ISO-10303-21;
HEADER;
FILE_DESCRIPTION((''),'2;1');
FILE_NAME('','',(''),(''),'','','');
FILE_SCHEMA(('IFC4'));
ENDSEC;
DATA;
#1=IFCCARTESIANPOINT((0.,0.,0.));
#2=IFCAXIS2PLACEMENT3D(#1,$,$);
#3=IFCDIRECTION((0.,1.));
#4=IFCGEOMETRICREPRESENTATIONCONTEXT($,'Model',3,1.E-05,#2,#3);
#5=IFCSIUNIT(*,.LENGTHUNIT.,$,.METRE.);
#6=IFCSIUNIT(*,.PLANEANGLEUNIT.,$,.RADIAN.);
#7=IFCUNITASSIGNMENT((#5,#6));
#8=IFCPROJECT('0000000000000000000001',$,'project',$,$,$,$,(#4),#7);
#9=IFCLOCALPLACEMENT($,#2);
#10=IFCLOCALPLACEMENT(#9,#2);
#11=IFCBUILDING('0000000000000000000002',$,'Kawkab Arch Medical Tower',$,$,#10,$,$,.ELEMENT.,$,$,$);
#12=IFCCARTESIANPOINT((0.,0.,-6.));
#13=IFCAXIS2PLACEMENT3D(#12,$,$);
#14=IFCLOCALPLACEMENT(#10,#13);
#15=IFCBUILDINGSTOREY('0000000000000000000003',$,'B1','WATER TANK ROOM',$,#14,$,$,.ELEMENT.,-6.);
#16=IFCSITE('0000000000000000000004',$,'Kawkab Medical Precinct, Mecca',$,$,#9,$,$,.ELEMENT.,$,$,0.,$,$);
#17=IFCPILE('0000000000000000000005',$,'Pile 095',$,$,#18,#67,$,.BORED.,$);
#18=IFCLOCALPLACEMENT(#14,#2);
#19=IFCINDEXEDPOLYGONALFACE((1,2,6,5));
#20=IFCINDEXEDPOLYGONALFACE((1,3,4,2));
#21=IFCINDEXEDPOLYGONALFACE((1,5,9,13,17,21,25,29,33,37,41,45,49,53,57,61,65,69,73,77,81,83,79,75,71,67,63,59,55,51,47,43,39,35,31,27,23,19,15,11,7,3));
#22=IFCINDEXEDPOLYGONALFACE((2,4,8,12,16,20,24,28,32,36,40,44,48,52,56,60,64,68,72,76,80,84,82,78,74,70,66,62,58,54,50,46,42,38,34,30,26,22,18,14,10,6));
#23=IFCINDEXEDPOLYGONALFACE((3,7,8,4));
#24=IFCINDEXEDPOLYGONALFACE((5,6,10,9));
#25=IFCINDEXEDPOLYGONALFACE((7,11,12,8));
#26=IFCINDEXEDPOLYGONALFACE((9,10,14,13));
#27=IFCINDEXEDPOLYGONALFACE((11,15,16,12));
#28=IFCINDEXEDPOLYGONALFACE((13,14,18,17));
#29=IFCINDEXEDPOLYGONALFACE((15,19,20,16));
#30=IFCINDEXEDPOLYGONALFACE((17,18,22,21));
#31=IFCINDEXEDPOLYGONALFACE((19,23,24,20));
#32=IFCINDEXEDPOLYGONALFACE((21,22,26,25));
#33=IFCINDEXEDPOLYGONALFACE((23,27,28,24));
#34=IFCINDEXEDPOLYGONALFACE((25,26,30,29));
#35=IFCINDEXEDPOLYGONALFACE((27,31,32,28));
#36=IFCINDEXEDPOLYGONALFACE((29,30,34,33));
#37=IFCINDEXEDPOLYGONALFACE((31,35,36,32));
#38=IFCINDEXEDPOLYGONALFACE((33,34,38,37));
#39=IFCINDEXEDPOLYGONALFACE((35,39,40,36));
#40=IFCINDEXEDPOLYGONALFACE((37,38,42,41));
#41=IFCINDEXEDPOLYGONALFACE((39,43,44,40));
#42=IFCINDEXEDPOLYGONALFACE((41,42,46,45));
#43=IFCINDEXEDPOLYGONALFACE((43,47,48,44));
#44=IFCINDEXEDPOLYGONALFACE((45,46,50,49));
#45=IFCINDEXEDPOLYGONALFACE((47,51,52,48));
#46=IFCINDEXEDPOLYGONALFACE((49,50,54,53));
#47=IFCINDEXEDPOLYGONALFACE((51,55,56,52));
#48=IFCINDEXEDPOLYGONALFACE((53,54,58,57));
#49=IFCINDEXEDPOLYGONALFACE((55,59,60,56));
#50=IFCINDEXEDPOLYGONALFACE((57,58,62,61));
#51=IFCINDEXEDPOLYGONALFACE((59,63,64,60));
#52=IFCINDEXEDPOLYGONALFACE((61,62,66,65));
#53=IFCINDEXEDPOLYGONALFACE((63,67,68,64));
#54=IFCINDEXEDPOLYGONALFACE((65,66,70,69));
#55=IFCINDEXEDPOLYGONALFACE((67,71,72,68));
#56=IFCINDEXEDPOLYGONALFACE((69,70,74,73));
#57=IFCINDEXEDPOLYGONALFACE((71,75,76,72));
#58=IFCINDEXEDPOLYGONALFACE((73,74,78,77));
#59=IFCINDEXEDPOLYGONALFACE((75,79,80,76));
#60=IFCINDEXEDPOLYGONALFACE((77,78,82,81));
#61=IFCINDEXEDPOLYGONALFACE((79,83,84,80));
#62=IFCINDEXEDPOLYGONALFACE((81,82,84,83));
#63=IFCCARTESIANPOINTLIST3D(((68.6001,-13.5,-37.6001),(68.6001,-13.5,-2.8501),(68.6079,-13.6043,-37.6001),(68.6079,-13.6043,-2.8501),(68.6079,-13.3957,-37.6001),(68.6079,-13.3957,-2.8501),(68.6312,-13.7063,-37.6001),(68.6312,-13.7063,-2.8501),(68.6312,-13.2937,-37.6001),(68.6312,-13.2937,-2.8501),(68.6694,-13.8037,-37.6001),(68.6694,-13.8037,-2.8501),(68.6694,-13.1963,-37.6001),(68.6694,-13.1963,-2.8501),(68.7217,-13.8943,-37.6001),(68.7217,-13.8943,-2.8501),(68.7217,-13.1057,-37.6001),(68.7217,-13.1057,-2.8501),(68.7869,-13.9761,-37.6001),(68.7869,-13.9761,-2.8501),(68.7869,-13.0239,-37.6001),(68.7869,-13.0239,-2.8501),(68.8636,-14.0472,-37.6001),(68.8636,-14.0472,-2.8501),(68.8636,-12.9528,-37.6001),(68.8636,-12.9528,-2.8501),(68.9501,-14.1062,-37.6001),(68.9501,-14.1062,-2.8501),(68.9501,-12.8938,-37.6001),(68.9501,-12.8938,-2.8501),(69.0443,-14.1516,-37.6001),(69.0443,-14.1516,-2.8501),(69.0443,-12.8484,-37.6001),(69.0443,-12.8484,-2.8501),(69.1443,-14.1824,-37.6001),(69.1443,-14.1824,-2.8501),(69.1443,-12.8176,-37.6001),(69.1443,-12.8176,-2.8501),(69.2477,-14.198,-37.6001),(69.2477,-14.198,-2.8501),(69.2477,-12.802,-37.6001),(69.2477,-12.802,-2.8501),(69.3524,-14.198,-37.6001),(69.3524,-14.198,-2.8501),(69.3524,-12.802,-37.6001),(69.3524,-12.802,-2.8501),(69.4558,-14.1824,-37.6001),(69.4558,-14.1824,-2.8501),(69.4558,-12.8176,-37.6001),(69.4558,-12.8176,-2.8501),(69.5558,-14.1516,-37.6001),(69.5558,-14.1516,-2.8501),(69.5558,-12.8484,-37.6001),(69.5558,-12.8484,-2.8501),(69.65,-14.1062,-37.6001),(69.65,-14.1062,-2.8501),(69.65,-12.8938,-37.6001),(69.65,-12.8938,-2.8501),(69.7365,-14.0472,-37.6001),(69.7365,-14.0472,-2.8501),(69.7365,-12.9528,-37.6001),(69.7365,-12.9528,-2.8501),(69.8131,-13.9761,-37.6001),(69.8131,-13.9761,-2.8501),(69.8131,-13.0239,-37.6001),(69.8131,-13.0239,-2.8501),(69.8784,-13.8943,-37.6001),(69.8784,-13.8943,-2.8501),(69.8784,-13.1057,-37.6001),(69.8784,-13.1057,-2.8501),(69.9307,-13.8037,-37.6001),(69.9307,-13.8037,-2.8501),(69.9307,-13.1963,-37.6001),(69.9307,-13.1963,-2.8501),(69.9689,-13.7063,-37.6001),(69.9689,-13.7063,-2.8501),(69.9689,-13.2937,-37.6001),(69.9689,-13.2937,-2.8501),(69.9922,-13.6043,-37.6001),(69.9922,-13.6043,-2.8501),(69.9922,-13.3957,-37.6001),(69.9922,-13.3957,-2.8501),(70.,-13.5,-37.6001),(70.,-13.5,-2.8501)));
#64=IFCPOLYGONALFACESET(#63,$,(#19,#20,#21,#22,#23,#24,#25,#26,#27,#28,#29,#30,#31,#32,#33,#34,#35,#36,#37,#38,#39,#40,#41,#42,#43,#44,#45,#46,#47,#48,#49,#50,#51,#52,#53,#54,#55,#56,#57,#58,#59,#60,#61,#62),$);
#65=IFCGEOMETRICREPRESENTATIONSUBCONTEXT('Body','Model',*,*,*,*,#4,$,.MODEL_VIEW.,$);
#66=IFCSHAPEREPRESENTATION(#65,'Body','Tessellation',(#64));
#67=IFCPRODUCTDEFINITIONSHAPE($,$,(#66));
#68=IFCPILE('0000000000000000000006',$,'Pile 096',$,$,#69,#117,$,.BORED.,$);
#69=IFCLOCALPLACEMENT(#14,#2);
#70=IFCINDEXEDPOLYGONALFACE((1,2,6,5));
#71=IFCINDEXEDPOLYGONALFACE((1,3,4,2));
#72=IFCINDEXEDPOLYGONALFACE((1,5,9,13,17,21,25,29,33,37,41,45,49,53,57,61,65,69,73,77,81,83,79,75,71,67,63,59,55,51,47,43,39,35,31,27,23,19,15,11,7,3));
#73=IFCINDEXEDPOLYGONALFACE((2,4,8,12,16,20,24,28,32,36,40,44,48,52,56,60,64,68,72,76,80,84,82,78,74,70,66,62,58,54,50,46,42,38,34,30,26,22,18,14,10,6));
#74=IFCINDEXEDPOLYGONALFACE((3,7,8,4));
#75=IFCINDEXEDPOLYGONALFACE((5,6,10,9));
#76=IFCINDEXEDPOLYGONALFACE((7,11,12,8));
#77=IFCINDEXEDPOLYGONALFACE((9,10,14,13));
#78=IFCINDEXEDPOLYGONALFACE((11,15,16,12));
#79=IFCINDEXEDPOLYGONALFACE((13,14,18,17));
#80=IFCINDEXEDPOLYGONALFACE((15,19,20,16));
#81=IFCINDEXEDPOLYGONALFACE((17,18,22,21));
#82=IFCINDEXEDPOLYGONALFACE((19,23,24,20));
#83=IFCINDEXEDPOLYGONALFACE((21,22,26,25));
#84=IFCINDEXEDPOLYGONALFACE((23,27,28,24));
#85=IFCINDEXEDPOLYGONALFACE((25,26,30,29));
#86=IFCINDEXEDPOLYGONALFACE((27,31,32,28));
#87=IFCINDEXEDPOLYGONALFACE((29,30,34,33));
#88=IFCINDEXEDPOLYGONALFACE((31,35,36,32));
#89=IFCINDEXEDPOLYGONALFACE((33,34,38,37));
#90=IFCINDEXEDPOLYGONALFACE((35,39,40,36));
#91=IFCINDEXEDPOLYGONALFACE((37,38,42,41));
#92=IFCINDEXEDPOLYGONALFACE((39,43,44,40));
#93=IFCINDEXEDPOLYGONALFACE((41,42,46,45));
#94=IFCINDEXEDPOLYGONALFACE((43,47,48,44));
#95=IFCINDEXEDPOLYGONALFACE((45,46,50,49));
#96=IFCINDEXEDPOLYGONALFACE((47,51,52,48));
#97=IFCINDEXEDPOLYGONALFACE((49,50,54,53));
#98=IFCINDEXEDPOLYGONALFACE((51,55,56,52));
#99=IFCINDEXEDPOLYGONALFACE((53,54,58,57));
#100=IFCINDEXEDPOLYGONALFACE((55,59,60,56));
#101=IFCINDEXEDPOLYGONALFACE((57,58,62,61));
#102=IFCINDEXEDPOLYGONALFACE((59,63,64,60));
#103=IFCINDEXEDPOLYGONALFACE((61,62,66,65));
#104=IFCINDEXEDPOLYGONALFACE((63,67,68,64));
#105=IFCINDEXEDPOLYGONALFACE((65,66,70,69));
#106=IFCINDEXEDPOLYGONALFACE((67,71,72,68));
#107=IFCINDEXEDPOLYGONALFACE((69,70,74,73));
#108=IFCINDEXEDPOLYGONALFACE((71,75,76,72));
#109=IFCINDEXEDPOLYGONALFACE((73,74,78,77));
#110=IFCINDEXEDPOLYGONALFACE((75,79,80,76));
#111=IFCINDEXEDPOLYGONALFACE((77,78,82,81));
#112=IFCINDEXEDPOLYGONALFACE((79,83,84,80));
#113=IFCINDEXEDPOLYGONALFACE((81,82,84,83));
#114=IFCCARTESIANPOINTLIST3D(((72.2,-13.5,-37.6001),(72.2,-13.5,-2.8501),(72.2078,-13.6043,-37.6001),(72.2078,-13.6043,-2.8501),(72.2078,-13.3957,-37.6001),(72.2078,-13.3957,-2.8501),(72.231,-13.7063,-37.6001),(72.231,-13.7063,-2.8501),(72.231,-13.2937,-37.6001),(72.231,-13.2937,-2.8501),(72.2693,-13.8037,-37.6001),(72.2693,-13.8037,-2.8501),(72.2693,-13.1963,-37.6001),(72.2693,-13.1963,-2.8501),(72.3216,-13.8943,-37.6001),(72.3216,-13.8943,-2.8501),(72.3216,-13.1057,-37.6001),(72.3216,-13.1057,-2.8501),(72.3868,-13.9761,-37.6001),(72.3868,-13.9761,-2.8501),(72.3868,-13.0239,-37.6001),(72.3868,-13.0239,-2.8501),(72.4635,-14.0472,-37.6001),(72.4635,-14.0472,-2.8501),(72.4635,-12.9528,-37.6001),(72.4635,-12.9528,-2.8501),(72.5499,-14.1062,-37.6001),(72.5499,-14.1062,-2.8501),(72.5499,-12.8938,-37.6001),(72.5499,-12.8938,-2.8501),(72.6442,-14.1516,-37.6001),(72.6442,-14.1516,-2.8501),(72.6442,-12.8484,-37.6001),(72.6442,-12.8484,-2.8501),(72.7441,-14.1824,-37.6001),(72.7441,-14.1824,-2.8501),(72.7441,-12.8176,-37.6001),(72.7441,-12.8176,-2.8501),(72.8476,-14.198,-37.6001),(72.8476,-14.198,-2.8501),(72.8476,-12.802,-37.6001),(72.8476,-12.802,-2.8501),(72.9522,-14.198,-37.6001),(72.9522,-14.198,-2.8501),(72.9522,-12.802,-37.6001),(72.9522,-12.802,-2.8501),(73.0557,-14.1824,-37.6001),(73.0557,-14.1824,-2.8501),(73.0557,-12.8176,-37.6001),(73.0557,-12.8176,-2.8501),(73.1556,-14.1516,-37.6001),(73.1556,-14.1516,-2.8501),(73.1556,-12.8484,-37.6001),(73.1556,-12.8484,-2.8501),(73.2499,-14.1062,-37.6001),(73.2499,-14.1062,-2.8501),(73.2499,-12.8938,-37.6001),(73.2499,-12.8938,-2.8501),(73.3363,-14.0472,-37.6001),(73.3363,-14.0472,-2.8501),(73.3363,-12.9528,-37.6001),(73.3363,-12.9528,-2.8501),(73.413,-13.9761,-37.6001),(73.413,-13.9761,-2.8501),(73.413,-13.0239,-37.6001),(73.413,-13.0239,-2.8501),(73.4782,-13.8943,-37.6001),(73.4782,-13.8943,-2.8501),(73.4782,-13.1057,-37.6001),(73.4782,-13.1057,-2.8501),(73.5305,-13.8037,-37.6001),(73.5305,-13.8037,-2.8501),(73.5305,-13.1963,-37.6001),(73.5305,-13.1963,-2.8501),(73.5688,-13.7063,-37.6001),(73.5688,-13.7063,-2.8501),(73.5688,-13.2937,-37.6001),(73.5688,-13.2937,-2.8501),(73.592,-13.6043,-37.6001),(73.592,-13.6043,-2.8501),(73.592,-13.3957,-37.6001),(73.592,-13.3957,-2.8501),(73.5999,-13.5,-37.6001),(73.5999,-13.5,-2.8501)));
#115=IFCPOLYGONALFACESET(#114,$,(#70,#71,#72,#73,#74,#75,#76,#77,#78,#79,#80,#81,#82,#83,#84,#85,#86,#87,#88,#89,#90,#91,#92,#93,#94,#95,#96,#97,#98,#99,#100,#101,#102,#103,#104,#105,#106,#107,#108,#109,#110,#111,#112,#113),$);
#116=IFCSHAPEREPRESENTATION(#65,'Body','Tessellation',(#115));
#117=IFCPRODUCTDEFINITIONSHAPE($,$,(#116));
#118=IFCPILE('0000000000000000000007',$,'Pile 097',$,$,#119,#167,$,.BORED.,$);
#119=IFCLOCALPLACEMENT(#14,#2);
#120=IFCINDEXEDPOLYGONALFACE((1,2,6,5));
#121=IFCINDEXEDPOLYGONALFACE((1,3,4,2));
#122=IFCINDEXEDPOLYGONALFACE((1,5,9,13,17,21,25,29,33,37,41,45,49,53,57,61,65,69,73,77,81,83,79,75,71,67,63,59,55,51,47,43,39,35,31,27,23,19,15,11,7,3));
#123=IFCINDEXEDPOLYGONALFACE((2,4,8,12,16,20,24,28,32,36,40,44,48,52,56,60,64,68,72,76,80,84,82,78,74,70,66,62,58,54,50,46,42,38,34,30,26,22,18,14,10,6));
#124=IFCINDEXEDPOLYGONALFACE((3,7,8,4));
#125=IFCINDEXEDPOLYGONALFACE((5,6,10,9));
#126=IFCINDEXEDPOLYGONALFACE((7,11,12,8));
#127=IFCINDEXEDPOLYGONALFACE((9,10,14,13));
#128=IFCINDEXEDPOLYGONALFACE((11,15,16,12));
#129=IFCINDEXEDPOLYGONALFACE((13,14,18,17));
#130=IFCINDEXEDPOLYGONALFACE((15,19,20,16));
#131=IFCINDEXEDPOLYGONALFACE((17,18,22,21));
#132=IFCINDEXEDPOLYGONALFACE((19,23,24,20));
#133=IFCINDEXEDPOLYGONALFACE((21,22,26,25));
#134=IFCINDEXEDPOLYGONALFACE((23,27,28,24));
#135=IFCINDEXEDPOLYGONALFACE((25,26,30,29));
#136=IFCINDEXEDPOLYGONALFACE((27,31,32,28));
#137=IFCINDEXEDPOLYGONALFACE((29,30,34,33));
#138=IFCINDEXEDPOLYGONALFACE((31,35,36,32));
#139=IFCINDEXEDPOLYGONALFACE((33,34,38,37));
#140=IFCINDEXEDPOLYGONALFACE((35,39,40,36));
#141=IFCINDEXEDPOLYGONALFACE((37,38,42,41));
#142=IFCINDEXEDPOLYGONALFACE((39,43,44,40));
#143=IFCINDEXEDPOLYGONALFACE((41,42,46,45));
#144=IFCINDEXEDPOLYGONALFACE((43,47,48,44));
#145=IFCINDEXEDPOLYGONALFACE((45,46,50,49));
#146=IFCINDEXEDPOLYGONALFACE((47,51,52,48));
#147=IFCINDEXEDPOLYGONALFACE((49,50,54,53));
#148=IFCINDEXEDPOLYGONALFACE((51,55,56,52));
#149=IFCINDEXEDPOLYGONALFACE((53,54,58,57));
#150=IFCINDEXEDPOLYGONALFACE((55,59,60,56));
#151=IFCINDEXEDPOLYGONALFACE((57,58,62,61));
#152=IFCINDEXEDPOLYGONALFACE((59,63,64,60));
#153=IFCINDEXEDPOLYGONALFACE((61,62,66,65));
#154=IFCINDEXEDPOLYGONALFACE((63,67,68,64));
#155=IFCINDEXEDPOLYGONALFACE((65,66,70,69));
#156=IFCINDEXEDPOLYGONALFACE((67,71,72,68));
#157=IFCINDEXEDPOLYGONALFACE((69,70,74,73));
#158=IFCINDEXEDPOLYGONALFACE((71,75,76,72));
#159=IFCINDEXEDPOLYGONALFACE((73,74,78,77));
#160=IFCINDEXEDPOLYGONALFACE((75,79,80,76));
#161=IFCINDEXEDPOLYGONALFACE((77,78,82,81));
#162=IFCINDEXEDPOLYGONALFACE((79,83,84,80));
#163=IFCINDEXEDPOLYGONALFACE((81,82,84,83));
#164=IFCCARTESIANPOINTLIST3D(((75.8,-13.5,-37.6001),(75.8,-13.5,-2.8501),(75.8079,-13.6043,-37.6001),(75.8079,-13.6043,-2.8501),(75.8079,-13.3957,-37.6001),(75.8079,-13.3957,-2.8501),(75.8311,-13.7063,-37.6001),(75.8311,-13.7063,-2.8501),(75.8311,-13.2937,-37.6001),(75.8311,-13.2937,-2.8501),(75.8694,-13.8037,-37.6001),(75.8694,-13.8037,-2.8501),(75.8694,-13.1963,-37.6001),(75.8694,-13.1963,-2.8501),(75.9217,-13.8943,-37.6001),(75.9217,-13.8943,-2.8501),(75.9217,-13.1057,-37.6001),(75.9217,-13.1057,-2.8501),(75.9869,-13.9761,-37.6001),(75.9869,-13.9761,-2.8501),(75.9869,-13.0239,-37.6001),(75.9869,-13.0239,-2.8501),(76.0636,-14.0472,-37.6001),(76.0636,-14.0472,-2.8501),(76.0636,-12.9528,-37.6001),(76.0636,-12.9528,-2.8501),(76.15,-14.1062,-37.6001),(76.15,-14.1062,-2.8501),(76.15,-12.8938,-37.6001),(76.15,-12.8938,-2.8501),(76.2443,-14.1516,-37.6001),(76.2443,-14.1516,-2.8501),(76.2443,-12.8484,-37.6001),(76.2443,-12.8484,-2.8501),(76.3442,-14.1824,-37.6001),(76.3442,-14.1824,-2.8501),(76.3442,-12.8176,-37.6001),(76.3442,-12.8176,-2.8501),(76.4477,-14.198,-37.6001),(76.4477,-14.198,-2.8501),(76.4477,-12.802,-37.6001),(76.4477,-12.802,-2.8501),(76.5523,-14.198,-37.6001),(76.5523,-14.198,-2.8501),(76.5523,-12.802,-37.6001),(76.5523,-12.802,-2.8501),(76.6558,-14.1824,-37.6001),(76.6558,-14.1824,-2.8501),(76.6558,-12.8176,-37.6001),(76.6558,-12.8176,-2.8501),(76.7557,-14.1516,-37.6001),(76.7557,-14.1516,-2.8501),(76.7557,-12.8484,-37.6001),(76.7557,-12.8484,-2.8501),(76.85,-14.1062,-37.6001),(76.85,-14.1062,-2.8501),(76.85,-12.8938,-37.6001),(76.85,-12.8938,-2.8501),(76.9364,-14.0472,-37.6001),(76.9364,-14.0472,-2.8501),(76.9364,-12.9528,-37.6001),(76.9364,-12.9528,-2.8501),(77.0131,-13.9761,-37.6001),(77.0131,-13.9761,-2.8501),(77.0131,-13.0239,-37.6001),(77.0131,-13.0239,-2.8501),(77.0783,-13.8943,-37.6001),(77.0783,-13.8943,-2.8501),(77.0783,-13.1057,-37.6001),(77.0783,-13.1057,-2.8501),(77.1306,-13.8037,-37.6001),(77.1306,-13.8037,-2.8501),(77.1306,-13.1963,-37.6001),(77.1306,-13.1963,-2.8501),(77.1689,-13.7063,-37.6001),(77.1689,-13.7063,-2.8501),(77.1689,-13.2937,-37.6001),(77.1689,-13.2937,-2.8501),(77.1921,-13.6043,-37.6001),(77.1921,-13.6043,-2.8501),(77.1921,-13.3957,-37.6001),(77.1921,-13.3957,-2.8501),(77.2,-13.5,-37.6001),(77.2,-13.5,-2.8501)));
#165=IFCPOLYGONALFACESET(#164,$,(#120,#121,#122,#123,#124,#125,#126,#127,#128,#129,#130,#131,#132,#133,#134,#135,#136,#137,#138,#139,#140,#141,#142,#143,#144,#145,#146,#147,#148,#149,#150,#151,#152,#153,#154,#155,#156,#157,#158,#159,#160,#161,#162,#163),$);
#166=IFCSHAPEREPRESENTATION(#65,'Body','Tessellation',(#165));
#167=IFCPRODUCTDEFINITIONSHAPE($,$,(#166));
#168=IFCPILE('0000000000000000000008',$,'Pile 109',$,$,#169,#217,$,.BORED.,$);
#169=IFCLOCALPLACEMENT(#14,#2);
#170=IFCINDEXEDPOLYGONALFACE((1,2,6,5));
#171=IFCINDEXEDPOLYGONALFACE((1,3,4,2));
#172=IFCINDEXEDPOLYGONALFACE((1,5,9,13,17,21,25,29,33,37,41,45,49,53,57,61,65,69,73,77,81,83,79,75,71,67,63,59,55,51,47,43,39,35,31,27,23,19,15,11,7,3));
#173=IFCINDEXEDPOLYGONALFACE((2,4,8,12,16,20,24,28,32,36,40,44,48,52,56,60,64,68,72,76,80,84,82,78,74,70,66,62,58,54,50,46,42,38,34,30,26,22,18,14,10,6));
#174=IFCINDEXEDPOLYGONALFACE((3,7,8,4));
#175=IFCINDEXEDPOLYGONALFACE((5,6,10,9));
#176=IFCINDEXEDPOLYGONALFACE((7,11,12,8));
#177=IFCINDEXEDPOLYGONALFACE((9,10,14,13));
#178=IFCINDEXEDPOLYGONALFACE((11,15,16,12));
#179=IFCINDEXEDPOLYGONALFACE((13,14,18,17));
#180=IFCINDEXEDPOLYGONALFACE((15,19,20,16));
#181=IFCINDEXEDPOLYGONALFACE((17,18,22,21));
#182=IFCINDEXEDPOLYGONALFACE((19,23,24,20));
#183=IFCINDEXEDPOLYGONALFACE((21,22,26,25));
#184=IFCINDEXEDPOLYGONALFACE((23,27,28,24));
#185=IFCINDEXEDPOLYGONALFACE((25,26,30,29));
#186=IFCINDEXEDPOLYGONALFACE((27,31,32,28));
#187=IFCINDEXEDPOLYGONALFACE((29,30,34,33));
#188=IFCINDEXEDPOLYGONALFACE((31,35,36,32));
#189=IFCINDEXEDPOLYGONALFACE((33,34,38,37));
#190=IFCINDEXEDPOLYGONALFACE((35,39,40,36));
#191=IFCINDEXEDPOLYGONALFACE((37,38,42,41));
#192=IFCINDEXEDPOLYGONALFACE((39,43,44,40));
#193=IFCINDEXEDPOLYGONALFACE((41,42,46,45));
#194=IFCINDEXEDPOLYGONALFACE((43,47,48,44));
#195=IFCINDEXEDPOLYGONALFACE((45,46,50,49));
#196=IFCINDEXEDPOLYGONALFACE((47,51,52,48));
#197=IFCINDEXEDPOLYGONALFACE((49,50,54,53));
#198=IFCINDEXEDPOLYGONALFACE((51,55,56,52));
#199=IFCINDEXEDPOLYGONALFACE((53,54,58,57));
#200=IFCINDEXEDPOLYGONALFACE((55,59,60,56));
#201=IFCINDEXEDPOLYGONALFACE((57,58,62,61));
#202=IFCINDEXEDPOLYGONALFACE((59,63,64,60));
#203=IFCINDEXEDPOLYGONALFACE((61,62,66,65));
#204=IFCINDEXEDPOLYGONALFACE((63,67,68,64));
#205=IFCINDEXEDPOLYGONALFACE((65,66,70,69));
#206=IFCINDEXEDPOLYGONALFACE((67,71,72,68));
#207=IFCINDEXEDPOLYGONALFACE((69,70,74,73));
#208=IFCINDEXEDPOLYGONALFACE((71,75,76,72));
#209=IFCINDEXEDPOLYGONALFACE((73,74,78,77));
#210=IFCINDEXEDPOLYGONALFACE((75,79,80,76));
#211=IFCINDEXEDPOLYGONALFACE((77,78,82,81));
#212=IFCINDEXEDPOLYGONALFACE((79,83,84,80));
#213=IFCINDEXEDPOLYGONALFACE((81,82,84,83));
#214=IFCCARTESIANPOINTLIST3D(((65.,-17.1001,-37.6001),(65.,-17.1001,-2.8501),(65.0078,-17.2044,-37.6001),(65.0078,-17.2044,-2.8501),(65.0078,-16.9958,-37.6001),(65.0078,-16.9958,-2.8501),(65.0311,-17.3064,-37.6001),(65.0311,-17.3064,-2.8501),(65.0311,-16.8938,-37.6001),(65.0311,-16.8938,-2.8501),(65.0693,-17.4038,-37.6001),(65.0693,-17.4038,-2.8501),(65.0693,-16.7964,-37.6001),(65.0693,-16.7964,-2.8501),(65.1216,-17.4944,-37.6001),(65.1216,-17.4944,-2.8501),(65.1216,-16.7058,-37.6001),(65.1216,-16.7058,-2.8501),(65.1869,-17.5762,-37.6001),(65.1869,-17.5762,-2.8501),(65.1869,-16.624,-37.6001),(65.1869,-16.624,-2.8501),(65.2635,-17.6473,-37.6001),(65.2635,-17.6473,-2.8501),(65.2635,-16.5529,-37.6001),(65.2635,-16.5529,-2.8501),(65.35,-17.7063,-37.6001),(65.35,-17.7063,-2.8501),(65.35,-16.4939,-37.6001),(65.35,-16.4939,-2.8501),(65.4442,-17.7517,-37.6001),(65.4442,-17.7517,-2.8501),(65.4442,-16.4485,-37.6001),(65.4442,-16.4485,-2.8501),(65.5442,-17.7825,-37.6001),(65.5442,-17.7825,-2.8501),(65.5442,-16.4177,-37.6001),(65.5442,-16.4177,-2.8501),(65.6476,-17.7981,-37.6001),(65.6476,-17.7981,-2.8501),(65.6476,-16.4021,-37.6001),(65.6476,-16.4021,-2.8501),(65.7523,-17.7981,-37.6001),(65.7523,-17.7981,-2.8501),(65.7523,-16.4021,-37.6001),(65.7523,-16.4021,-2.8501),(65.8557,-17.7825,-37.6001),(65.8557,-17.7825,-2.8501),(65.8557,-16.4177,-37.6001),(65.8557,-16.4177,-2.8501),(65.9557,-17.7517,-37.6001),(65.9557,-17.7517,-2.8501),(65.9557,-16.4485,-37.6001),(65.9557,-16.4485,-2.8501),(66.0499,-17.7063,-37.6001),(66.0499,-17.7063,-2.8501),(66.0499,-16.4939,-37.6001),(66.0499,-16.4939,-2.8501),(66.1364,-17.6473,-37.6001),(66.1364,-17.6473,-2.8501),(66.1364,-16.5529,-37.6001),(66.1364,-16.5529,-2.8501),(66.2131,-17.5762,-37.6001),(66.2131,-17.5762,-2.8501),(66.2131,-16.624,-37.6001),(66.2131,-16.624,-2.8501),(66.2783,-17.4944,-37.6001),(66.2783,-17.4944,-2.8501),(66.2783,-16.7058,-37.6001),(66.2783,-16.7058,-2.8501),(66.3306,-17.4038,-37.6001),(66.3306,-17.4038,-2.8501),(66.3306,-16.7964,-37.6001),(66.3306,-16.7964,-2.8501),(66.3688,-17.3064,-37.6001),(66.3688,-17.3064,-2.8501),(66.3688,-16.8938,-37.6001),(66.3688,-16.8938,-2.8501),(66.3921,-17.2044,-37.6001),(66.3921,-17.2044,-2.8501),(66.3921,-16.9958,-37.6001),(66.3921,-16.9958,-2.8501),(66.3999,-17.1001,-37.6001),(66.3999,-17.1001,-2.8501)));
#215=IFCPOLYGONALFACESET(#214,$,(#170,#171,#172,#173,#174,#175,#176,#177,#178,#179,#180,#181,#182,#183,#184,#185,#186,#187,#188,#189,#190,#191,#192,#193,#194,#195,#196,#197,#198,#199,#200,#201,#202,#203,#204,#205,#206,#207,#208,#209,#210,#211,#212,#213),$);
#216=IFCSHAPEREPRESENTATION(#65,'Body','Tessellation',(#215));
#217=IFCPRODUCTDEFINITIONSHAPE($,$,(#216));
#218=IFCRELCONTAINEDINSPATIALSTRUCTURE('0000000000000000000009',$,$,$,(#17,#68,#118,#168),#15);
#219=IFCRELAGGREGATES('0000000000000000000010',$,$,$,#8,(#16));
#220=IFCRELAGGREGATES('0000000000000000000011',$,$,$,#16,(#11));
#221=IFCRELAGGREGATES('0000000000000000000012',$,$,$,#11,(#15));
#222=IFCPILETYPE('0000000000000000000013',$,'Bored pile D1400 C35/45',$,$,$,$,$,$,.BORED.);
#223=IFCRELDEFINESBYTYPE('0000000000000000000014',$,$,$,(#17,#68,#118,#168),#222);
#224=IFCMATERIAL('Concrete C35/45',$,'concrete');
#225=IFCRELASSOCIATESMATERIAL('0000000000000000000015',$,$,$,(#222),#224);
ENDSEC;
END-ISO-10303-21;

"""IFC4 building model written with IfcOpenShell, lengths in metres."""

from ifc_helpers import new_model, si_unit, direction, frame, origin, origin_2d, place, context, subcontext, project, spatial, circle, extrude, material, material_profile, profile_set, type_object, element, save


model = new_model("IFC4")

# Units and contexts
model_context = context("Model", 3, precision=1e-05, world=origin(), true_north=direction((0.0, 1.0)))
body_context = subcontext(model_context, "Body", "Model", "MODEL_VIEW")
ifc_project = project(units=[si_unit("LENGTHUNIT", "METRE"), si_unit("PLANEANGLEUNIT", "RADIAN")], contexts=[model_context])

# Site, building, storey
site_placement = place(None, origin())
site = spatial("IfcSite", under=ifc_project, at=site_placement, Name="Kawkab Medical Precinct, Mecca", CompositionType="ELEMENT", RefElevation=0.0)
building_placement = place(site_placement, origin())
building = spatial("IfcBuilding", under=site, at=building_placement, Name="Kawkab Arch Medical Tower", CompositionType="ELEMENT")
storey_placement = place(building_placement, frame((0.0, 0.0, -6.0)))
storey = spatial("IfcBuildingStorey", under=building, at=storey_placement, Name="B1", Description="WATER TANK ROOM", CompositionType="ELEMENT", Elevation=-6.0)

# Piles
ifc_material_1 = material(Name="Concrete C35/45", Category="concrete")
ifc_material_profile_1 = material_profile(ifc_material_1, circle(Radius=0.7, at=origin_2d()), Name="Bored pile D1400")
ifc_profile_set_1 = profile_set([ifc_material_profile_1], Name="Concrete C35/45")
pile_type = type_object("IfcPileType", Name="Bored pile D1400 C35/45", PredefinedType="BORED", material=ifc_profile_set_1)
for number, where, z_axis, x_axis, name in (
    (1, (69.3, -13.5, -2.8501), (0.0, 0.0, -1.0), (1.0, 0.0, 0.0), "Pile 095"),
    (2, (72.8999, -13.5, -2.8501), (0.0, 0.0, -1.0), (1.0, 0.0, 0.0), "Pile 096"),
    (3, (76.5, -13.5, -2.8501), (0.0, 0.0, -1.0), (1.0, 0.0, 0.0), "Pile 097"),
    (4, (65.7, -17.1001, -2.8501), (0.0, 0.0, -1.0), (1.0, 0.0, 0.0), "Pile 109"),
):
    element("IfcPile", number, at=place(storey_placement, frame(where, z_axis=z_axis, x_axis=x_axis)), inside=storey, type_object=pile_type, Name=name, PredefinedType="BORED", context=body_context, shape_type="SweptSolid", body=[
        extrude(circle(Radius=0.7, at=origin_2d()), origin(), (0.0, 0.0, 1.0), 34.75),
    ])

save(model, "model.ifc")
